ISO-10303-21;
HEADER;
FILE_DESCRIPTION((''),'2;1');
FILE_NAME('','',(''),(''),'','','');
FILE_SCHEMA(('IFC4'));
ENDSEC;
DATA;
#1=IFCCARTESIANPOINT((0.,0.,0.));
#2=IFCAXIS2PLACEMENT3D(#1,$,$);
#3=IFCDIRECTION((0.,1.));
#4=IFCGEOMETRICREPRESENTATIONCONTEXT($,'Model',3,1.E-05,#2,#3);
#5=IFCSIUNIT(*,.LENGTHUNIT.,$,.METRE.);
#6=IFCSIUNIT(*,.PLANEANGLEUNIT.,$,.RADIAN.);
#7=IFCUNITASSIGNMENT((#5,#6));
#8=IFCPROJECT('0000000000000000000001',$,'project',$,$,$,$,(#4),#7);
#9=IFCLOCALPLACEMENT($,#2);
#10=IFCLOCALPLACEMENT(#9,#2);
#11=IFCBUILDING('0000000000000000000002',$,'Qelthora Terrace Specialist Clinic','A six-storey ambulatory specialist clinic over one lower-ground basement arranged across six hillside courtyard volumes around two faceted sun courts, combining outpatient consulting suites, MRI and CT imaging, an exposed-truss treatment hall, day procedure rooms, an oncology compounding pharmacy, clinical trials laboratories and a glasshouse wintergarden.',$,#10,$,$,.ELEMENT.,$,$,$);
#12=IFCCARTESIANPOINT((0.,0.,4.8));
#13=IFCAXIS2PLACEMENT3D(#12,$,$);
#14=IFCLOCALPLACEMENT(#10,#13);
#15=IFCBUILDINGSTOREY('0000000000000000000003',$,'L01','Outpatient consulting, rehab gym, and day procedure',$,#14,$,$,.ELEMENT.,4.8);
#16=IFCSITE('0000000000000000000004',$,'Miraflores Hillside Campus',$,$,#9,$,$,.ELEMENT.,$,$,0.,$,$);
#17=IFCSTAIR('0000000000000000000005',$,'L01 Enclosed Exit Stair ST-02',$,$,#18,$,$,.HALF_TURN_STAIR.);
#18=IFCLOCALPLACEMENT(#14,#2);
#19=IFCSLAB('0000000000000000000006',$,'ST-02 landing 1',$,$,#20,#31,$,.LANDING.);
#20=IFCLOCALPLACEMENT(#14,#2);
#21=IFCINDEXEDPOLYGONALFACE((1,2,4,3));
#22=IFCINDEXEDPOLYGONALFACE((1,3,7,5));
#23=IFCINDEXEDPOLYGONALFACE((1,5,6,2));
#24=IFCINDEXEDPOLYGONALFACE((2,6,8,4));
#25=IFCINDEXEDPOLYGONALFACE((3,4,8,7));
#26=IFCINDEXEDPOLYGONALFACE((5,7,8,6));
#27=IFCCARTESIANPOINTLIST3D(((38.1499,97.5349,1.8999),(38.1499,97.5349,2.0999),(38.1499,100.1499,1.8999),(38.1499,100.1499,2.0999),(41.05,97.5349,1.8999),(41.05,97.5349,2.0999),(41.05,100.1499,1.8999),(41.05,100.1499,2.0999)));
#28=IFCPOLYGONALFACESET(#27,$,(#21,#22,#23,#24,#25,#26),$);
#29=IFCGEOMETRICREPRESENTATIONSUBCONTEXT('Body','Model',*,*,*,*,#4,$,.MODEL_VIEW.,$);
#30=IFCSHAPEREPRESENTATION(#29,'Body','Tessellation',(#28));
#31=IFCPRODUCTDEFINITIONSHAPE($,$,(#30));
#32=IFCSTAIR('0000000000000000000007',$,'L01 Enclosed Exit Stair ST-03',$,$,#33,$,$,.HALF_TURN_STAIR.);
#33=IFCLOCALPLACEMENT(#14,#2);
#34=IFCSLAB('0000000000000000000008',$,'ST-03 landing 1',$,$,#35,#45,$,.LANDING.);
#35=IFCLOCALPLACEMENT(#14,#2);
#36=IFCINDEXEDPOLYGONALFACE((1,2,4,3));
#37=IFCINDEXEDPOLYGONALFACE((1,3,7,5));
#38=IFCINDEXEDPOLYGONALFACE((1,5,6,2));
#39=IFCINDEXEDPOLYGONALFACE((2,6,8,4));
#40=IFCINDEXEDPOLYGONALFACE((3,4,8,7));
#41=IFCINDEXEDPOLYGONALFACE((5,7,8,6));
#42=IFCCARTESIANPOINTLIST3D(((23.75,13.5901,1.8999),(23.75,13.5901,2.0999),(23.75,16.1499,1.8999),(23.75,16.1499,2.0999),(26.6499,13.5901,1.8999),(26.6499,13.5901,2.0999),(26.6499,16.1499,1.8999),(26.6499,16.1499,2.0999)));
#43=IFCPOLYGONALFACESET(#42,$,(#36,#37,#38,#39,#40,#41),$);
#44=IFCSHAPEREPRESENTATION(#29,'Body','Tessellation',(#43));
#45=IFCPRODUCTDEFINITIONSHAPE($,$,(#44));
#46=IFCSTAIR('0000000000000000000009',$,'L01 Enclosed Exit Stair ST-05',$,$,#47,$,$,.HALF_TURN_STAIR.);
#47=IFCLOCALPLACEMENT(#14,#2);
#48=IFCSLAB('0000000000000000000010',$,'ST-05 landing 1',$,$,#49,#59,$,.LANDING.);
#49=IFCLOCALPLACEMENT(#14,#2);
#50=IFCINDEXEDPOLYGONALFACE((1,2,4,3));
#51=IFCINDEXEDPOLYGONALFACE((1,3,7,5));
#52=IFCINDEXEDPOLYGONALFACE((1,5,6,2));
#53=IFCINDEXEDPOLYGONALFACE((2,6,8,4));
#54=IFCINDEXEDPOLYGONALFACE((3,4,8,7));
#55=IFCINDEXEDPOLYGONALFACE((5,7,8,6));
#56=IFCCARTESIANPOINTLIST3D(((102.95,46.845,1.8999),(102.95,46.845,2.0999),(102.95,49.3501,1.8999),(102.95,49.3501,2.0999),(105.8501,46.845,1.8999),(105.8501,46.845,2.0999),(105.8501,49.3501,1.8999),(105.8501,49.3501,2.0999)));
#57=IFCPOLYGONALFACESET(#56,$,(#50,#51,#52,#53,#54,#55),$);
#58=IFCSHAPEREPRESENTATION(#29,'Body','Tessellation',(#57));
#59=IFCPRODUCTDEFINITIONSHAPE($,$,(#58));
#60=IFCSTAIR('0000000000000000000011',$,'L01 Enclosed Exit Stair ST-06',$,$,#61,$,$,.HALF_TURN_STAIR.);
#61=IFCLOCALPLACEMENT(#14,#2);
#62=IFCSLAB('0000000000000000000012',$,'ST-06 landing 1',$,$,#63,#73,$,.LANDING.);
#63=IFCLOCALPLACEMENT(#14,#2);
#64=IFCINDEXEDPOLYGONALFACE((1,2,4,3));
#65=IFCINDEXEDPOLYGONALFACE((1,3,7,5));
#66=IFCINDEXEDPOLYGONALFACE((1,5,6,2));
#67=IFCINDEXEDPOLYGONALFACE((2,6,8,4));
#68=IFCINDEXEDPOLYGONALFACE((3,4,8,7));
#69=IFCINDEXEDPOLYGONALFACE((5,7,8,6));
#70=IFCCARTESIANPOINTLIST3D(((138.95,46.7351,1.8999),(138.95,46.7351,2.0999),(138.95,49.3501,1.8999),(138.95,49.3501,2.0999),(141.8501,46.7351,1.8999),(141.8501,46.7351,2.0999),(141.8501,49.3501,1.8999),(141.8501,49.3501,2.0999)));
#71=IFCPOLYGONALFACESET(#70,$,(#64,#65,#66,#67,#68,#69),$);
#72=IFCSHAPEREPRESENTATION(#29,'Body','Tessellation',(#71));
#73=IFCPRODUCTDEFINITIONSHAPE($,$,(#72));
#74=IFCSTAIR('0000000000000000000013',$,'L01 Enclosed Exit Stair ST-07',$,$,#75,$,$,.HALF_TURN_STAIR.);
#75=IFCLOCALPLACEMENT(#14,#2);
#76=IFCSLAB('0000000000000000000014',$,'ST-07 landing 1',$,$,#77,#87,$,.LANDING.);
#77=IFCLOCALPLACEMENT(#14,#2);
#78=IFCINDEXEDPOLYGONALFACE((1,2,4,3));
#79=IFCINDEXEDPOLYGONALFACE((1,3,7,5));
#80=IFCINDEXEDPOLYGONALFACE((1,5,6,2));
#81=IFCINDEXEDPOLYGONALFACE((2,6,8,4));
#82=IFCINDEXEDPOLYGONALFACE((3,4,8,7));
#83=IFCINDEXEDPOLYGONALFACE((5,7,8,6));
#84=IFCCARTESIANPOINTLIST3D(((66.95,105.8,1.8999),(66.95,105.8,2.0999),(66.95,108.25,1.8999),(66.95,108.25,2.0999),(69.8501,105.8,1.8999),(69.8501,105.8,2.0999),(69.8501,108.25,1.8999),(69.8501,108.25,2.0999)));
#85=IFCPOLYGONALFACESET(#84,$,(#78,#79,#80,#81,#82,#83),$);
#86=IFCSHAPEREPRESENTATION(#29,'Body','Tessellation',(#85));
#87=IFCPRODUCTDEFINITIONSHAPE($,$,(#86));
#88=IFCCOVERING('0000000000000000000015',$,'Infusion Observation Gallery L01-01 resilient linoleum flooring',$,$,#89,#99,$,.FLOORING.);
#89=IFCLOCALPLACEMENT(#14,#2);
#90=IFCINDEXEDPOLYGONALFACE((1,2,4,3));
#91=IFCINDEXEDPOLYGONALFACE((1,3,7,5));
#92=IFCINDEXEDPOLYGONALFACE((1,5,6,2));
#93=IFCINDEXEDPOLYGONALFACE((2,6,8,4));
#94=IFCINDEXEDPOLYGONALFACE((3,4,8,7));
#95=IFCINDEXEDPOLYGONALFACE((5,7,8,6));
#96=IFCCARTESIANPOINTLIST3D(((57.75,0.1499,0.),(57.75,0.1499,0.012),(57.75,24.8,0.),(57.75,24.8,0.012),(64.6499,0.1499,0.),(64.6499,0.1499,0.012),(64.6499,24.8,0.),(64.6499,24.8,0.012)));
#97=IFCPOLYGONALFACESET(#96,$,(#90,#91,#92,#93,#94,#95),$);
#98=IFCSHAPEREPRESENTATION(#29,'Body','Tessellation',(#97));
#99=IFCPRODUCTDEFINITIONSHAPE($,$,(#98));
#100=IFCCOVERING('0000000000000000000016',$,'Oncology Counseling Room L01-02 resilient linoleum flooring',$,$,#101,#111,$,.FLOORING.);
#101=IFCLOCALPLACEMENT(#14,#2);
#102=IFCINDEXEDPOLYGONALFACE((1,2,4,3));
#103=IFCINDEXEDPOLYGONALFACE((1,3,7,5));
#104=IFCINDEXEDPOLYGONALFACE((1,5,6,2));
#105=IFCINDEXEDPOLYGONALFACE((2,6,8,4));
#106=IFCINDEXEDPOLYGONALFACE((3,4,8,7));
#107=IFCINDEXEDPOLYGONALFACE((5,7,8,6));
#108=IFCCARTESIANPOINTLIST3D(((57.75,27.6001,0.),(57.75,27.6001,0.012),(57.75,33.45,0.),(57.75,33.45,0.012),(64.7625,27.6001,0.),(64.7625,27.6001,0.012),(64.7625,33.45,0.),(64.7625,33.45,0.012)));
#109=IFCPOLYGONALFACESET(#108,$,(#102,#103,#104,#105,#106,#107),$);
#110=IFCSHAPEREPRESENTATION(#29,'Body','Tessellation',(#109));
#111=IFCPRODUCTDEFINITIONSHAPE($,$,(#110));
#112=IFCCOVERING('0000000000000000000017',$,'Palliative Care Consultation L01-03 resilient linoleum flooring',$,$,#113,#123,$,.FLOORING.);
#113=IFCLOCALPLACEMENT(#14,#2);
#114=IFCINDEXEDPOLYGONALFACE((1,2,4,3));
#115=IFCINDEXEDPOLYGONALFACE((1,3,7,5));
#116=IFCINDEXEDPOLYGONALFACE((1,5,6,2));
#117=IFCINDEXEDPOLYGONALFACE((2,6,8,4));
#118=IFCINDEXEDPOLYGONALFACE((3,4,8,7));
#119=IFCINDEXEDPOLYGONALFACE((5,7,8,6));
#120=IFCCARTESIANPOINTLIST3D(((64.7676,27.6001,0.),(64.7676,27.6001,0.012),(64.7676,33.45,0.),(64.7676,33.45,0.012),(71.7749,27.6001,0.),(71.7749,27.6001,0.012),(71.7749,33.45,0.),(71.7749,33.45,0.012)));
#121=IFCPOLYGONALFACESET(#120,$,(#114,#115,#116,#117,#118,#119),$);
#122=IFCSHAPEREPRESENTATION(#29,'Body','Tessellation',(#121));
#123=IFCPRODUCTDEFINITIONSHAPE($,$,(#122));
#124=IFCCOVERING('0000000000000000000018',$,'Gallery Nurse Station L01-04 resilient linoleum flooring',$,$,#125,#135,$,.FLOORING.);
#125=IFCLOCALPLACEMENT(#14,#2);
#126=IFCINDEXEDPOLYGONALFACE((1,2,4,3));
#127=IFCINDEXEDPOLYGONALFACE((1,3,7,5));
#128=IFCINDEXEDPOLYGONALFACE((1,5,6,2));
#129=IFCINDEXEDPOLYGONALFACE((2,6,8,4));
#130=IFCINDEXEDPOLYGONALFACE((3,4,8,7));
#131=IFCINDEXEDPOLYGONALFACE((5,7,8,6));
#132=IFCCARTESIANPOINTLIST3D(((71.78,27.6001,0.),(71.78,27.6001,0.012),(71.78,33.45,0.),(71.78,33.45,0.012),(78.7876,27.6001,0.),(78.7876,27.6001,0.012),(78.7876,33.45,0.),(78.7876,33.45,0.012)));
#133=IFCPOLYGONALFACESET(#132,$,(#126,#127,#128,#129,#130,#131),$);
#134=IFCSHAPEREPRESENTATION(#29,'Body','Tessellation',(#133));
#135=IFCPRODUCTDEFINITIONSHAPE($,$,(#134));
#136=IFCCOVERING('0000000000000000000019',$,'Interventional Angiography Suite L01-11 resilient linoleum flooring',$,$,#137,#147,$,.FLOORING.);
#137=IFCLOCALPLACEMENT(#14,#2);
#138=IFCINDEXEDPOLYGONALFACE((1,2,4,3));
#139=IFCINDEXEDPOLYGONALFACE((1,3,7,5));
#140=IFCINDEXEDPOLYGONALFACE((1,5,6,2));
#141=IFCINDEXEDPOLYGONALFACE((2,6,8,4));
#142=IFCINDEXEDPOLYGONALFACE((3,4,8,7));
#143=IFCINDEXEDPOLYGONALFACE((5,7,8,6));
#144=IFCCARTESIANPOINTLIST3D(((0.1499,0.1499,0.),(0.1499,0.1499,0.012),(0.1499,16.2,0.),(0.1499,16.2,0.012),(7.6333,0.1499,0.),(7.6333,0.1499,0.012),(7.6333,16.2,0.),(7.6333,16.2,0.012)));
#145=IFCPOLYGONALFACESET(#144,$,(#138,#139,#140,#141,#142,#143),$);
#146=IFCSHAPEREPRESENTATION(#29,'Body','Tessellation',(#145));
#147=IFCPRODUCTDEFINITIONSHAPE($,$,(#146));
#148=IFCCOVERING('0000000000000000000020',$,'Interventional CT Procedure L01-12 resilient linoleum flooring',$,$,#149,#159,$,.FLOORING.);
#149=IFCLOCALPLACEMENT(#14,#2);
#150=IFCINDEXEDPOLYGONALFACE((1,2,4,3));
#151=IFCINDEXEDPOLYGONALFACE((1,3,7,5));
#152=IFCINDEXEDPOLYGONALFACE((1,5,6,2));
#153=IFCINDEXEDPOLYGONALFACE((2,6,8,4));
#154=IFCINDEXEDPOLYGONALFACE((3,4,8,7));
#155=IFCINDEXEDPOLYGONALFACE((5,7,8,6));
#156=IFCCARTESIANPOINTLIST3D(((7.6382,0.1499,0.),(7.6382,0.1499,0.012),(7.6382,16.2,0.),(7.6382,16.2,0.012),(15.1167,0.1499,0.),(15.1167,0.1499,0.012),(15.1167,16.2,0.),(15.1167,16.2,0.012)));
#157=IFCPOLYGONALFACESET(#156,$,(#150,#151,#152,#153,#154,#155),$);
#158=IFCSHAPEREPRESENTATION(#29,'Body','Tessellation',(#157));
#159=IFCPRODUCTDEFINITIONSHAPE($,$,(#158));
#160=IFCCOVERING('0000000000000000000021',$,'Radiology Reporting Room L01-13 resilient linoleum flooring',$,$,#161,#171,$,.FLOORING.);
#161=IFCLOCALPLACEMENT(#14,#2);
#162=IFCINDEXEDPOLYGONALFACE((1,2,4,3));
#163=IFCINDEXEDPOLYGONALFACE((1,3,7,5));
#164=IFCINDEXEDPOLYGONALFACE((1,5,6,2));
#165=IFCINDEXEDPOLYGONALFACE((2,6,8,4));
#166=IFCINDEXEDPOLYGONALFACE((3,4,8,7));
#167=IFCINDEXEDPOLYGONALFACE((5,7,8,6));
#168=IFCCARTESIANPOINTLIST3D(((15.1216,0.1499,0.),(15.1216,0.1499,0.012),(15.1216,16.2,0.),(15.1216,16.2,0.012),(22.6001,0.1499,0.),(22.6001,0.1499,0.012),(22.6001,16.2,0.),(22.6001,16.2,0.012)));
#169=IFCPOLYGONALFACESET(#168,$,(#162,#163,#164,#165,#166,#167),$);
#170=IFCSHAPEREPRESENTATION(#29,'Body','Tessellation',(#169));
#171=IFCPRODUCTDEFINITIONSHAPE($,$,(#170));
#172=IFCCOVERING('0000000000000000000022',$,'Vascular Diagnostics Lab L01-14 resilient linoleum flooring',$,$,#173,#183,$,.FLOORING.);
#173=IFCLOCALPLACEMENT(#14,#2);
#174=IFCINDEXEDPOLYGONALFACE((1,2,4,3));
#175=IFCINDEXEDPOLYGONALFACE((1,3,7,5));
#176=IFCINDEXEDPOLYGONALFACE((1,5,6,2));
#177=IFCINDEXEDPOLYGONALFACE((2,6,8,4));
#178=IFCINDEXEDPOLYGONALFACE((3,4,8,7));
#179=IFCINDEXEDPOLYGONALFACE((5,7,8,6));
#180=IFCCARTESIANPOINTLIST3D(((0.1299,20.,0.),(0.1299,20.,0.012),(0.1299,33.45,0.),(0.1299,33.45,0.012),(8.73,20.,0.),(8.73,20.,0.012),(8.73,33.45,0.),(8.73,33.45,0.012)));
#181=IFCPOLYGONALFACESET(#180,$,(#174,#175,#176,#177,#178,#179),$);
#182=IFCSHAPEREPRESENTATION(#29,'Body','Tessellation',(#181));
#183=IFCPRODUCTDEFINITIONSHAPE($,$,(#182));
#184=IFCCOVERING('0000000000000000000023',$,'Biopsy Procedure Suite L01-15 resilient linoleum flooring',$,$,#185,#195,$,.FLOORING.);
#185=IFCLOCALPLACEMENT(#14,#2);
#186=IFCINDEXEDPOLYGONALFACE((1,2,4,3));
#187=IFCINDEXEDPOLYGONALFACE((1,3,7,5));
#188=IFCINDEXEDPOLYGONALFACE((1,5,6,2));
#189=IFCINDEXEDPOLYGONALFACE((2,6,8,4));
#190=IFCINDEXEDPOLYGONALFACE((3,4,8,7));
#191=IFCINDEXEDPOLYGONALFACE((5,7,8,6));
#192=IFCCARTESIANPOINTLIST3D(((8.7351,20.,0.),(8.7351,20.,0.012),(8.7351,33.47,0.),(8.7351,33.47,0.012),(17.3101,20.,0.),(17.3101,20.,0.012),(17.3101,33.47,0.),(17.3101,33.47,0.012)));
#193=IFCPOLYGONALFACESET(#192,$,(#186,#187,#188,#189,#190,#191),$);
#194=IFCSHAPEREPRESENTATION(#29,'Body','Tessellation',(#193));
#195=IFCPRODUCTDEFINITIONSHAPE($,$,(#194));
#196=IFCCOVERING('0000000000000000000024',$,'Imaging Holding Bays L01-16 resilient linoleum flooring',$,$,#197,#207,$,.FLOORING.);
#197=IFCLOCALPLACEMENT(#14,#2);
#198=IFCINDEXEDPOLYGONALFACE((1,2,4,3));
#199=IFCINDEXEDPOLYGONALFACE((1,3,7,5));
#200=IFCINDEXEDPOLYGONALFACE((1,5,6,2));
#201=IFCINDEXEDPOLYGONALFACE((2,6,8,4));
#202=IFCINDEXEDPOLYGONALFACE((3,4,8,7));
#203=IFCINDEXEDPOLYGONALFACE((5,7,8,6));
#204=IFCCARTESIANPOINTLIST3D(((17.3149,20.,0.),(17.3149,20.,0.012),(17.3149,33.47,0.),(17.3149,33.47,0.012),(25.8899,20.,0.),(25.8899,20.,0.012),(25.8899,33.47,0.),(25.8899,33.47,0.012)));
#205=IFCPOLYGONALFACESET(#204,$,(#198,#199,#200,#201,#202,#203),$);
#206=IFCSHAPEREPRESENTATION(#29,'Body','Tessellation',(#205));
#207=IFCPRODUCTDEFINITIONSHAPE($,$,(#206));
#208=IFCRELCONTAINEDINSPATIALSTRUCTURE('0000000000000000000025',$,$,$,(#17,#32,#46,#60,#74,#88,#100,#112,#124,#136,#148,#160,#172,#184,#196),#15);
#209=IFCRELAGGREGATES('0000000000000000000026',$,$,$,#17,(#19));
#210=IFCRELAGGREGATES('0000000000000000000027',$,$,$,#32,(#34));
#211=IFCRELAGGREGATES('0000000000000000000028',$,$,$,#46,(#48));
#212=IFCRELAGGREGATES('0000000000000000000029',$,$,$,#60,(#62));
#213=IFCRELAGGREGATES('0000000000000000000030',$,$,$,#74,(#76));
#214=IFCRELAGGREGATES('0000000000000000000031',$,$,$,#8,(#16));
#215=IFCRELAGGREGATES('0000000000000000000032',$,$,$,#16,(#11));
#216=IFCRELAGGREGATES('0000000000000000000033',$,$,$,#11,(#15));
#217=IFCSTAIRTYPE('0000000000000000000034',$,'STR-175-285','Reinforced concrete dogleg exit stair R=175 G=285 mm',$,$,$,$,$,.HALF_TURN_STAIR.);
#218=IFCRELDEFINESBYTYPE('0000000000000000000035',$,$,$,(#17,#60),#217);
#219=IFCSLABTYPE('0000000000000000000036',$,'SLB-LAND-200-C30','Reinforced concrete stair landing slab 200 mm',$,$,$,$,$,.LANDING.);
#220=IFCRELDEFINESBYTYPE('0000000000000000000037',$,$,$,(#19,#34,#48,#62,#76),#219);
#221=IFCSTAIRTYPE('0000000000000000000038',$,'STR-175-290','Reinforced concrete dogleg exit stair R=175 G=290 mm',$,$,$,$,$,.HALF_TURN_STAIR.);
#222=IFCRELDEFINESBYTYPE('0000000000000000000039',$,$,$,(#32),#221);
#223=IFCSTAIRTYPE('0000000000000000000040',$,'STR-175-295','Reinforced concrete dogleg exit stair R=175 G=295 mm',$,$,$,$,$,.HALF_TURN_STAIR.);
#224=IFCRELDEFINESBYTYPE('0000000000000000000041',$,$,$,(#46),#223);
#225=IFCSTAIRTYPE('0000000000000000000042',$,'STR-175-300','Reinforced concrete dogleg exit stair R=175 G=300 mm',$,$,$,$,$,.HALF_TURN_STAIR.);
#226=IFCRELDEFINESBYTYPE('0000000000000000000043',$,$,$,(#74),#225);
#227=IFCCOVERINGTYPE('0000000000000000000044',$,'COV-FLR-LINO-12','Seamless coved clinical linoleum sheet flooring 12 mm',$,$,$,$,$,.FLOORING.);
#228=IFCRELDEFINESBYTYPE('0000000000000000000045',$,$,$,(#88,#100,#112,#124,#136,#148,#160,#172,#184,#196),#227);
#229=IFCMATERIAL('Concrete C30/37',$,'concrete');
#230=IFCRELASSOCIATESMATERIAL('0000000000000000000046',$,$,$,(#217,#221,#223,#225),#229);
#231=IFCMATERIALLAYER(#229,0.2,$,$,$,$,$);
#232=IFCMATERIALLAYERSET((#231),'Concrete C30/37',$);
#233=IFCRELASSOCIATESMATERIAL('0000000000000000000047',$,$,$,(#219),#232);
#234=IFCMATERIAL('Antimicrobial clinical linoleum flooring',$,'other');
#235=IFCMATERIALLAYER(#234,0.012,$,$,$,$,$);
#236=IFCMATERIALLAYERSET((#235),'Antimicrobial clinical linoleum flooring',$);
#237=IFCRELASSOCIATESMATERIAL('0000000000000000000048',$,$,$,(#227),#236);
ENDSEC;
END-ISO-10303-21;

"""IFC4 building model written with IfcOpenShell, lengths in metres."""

from ifc_helpers import new_model, si_unit, direction, frame, origin, place, context, subcontext, project, spatial, polyline, outline, extrude, material, layer, layer_set, type_object, element, aggregate, save


model = new_model("IFC4")

# Units and contexts
model_context = context("Model", 3, precision=1e-05, world=origin(), true_north=direction((0.0, 1.0)))
body_context = subcontext(model_context, "Body", "Model", "MODEL_VIEW")
ifc_project = project(units=[si_unit("LENGTHUNIT", "METRE"), si_unit("PLANEANGLEUNIT", "RADIAN")], contexts=[model_context])

# Site, building, storey
site_placement = place(None, origin())
site = spatial("IfcSite", under=ifc_project, at=site_placement, Name="Miraflores Hillside Campus", CompositionType="ELEMENT", RefElevation=0.0)
building_placement = place(site_placement, origin())
building = spatial("IfcBuilding", under=site, at=building_placement, Name="Qelthora Terrace Specialist Clinic", Description="A six-storey ambulatory specialist clinic over one lower-ground basement arranged across six hillside courtyard volumes around two faceted sun courts, combining outpatient consulting suites, MRI and CT imaging, an exposed-truss treatment hall, day procedure rooms, an oncology compounding pharmacy, clinical trials laboratories and a glasshouse wintergarden.", CompositionType="ELEMENT")
storey_placement = place(building_placement, frame((0.0, 0.0, 4.8)))
storey = spatial("IfcBuildingStorey", under=building, at=storey_placement, Name="L01", Description="Outpatient consulting, rehab gym, and day procedure", CompositionType="ELEMENT", Elevation=4.8)

# Stairs, slabs
ifc_material_1 = material(Name="Concrete C30/37", Category="concrete")
stair_type_1 = type_object("IfcStairType", Name="STR-175-285", Description="Reinforced concrete dogleg exit stair R=175 G=285 mm", PredefinedType="HALF_TURN_STAIR", material=ifc_material_1)
stair_1_placement = place(storey_placement, origin())
stair_1 = element("IfcStair", 1, at=stair_1_placement, inside=storey, type_object=stair_type_1, Name="L01 Enclosed Exit Stair ST-02", PredefinedType="HALF_TURN_STAIR")
ifc_layer_1 = layer(ifc_material_1, 0.2)
ifc_layer_set_1 = layer_set([ifc_layer_1], Name="Concrete C30/37")
slab_type = type_object("IfcSlabType", Name="SLB-LAND-200-C30", Description="Reinforced concrete stair landing slab 200 mm", PredefinedType="LANDING", material=ifc_layer_set_1)
slab_1_placement = place(storey_placement, frame((0.0, 0.0, 1.8999)))
slab_1 = element("IfcSlab", 2, at=slab_1_placement, type_object=slab_type, Name="ST-02 landing 1", PredefinedType="LANDING", context=body_context, shape_type="SweptSolid", body=[
    extrude(outline(polyline([(41.05, 97.5349), (41.05, 100.1499), (38.1499, 100.1499), (38.1499, 97.5349), (41.05, 97.5349)])), origin(), (0.0, 0.0, 1.0), 0.2),
])
aggregate(stair_1, [slab_1])
stair_type_2 = type_object("IfcStairType", Name="STR-175-290", Description="Reinforced concrete dogleg exit stair R=175 G=290 mm", PredefinedType="HALF_TURN_STAIR", material=ifc_material_1)
stair_2_placement = place(storey_placement, origin())
stair_2 = element("IfcStair", 3, at=stair_2_placement, inside=storey, type_object=stair_type_2, Name="L01 Enclosed Exit Stair ST-03", PredefinedType="HALF_TURN_STAIR")
slab_2_placement = place(storey_placement, frame((0.0, 0.0, 1.8999)))
slab_2 = element("IfcSlab", 4, at=slab_2_placement, type_object=slab_type, Name="ST-03 landing 1", PredefinedType="LANDING", context=body_context, shape_type="SweptSolid", body=[
    extrude(outline(polyline([(26.6499, 13.5901), (26.6499, 16.1499), (23.75, 16.1499), (23.75, 13.5901), (26.6499, 13.5901)])), origin(), (0.0, 0.0, 1.0), 0.2),
])
aggregate(stair_2, [slab_2])
stair_type_3 = type_object("IfcStairType", Name="STR-175-295", Description="Reinforced concrete dogleg exit stair R=175 G=295 mm", PredefinedType="HALF_TURN_STAIR", material=ifc_material_1)
stair_3_placement = place(storey_placement, origin())
stair_3 = element("IfcStair", 5, at=stair_3_placement, inside=storey, type_object=stair_type_3, Name="L01 Enclosed Exit Stair ST-05", PredefinedType="HALF_TURN_STAIR")
slab_3_placement = place(storey_placement, frame((0.0, 0.0, 1.8999)))
slab_3 = element("IfcSlab", 6, at=slab_3_placement, type_object=slab_type, Name="ST-05 landing 1", PredefinedType="LANDING", context=body_context, shape_type="SweptSolid", body=[
    extrude(outline(polyline([(105.8501, 46.845), (105.8501, 49.3501), (102.95, 49.3501), (102.95, 46.845), (105.8501, 46.845)])), origin(), (0.0, 0.0, 1.0), 0.2),
])
aggregate(stair_3, [slab_3])
stair_4_placement = place(storey_placement, origin())
stair_4 = element("IfcStair", 7, at=stair_4_placement, inside=storey, type_object=stair_type_1, Name="L01 Enclosed Exit Stair ST-06", PredefinedType="HALF_TURN_STAIR")
slab_4_placement = place(storey_placement, frame((0.0, 0.0, 1.8999)))
slab_4 = element("IfcSlab", 8, at=slab_4_placement, type_object=slab_type, Name="ST-06 landing 1", PredefinedType="LANDING", context=body_context, shape_type="SweptSolid", body=[
    extrude(outline(polyline([(141.8501, 46.7351), (141.8501, 49.3501), (138.95, 49.3501), (138.95, 46.7351), (141.8501, 46.7351)])), origin(), (0.0, 0.0, 1.0), 0.2),
])
aggregate(stair_4, [slab_4])
stair_type_4 = type_object("IfcStairType", Name="STR-175-300", Description="Reinforced concrete dogleg exit stair R=175 G=300 mm", PredefinedType="HALF_TURN_STAIR", material=ifc_material_1)
stair_5_placement = place(storey_placement, origin())
stair_5 = element("IfcStair", 9, at=stair_5_placement, inside=storey, type_object=stair_type_4, Name="L01 Enclosed Exit Stair ST-07", PredefinedType="HALF_TURN_STAIR")
slab_5_placement = place(storey_placement, frame((0.0, 0.0, 1.8999)))
slab_5 = element("IfcSlab", 10, at=slab_5_placement, type_object=slab_type, Name="ST-07 landing 1", PredefinedType="LANDING", context=body_context, shape_type="SweptSolid", body=[
    extrude(outline(polyline([(69.8501, 105.8), (69.8501, 108.25), (66.95, 108.25), (66.95, 105.8), (69.8501, 105.8)])), origin(), (0.0, 0.0, 1.0), 0.2),
])
aggregate(stair_5, [slab_5])

# Coverings
ifc_material_2 = material(Name="Antimicrobial clinical linoleum flooring", Category="other")
ifc_layer_2 = layer(ifc_material_2, 0.012)
ifc_layer_set_2 = layer_set([ifc_layer_2], Name="Antimicrobial clinical linoleum flooring")
covering_type_1 = type_object("IfcCoveringType", Name="COV-FLR-LINO-12", Description="Seamless coved clinical linoleum sheet flooring 12 mm", PredefinedType="FLOORING", material=ifc_layer_set_2)
covering_1_placement = place(storey_placement, origin())
element("IfcCovering", 11, at=covering_1_placement, inside=storey, type_object=covering_type_1, Name="Infusion Observation Gallery L01-01 resilient linoleum flooring", PredefinedType="FLOORING", context=body_context, shape_type="SweptSolid", body=[
    extrude(outline(polyline([(64.6499, 0.1499), (57.75, 0.1499), (57.75, 24.8), (64.6499, 24.8), (64.6499, 0.1499)])), origin(), (0.0, 0.0, 1.0), 0.012),
])
covering_2_placement = place(storey_placement, origin())
element("IfcCovering", 12, at=covering_2_placement, inside=storey, type_object=covering_type_1, Name="Oncology Counseling Room L01-02 resilient linoleum flooring", PredefinedType="FLOORING", context=body_context, shape_type="SweptSolid", body=[
    extrude(outline(polyline([(57.75, 27.6001), (57.75, 33.45), (64.7625, 33.45), (64.7625, 27.6001), (57.75, 27.6001)])), origin(), (0.0, 0.0, 1.0), 0.012),
])
covering_3_placement = place(storey_placement, origin())
element("IfcCovering", 13, at=covering_3_placement, inside=storey, type_object=covering_type_1, Name="Palliative Care Consultation L01-03 resilient linoleum flooring", PredefinedType="FLOORING", context=body_context, shape_type="SweptSolid", body=[
    extrude(outline(polyline([(64.7676, 27.6001), (64.7676, 33.45), (71.7749, 33.45), (71.7749, 27.6001), (64.7676, 27.6001)])), origin(), (0.0, 0.0, 1.0), 0.012),
])
covering_4_placement = place(storey_placement, origin())
element("IfcCovering", 14, at=covering_4_placement, inside=storey, type_object=covering_type_1, Name="Gallery Nurse Station L01-04 resilient linoleum flooring", PredefinedType="FLOORING", context=body_context, shape_type="SweptSolid", body=[
    extrude(outline(polyline([(71.78, 27.6001), (71.78, 33.45), (78.7876, 33.45), (78.7876, 27.6001), (71.78, 27.6001)])), origin(), (0.0, 0.0, 1.0), 0.012),
])
covering_5_placement = place(storey_placement, origin())
element("IfcCovering", 15, at=covering_5_placement, inside=storey, type_object=covering_type_1, Name="Interventional Angiography Suite L01-11 resilient linoleum flooring", PredefinedType="FLOORING", context=body_context, shape_type="SweptSolid", body=[
    extrude(outline(polyline([(0.1499, 0.1499), (0.1499, 16.2), (7.6333, 16.2), (7.6333, 0.1499), (0.1499, 0.1499)])), origin(), (0.0, 0.0, 1.0), 0.012),
])
covering_6_placement = place(storey_placement, origin())
element("IfcCovering", 16, at=covering_6_placement, inside=storey, type_object=covering_type_1, Name="Interventional CT Procedure L01-12 resilient linoleum flooring", PredefinedType="FLOORING", context=body_context, shape_type="SweptSolid", body=[
    extrude(outline(polyline([(7.6382, 0.1499), (7.6382, 16.2), (15.1167, 16.2), (15.1167, 0.1499), (7.6382, 0.1499)])), origin(), (0.0, 0.0, 1.0), 0.012),
])
covering_7_placement = place(storey_placement, origin())
element("IfcCovering", 17, at=covering_7_placement, inside=storey, type_object=covering_type_1, Name="Radiology Reporting Room L01-13 resilient linoleum flooring", PredefinedType="FLOORING", context=body_context, shape_type="SweptSolid", body=[
    extrude(outline(polyline([(15.1216, 0.1499), (15.1216, 16.2), (22.6001, 16.2), (22.6001, 0.1499), (15.1216, 0.1499)])), origin(), (0.0, 0.0, 1.0), 0.012),
])
covering_8_placement = place(storey_placement, origin())
element("IfcCovering", 18, at=covering_8_placement, inside=storey, type_object=covering_type_1, Name="Vascular Diagnostics Lab L01-14 resilient linoleum flooring", PredefinedType="FLOORING", context=body_context, shape_type="SweptSolid", body=[
    extrude(outline(polyline([(8.73, 33.45), (8.73, 20.0), (0.1299, 20.0), (0.1299, 33.45), (8.73, 33.45)])), origin(), (0.0, 0.0, 1.0), 0.012),
])
covering_9_placement = place(storey_placement, origin())
element("IfcCovering", 19, at=covering_9_placement, inside=storey, type_object=covering_type_1, Name="Biopsy Procedure Suite L01-15 resilient linoleum flooring", PredefinedType="FLOORING", context=body_context, shape_type="SweptSolid", body=[
    extrude(outline(polyline([(17.3101, 33.47), (17.3101, 20.0), (8.7351, 20.0), (8.7351, 33.47), (17.3101, 33.47)])), origin(), (0.0, 0.0, 1.0), 0.012),
])
covering_10_placement = place(storey_placement, origin())
element("IfcCovering", 20, at=covering_10_placement, inside=storey, type_object=covering_type_1, Name="Imaging Holding Bays L01-16 resilient linoleum flooring", PredefinedType="FLOORING", context=body_context, shape_type="SweptSolid", body=[
    extrude(outline(polyline([(25.8899, 20.0), (17.3149, 20.0), (17.3149, 33.47), (25.8899, 33.47), (25.8899, 20.0)])), origin(), (0.0, 0.0, 1.0), 0.012),
])

save(model, "model.ifc")
